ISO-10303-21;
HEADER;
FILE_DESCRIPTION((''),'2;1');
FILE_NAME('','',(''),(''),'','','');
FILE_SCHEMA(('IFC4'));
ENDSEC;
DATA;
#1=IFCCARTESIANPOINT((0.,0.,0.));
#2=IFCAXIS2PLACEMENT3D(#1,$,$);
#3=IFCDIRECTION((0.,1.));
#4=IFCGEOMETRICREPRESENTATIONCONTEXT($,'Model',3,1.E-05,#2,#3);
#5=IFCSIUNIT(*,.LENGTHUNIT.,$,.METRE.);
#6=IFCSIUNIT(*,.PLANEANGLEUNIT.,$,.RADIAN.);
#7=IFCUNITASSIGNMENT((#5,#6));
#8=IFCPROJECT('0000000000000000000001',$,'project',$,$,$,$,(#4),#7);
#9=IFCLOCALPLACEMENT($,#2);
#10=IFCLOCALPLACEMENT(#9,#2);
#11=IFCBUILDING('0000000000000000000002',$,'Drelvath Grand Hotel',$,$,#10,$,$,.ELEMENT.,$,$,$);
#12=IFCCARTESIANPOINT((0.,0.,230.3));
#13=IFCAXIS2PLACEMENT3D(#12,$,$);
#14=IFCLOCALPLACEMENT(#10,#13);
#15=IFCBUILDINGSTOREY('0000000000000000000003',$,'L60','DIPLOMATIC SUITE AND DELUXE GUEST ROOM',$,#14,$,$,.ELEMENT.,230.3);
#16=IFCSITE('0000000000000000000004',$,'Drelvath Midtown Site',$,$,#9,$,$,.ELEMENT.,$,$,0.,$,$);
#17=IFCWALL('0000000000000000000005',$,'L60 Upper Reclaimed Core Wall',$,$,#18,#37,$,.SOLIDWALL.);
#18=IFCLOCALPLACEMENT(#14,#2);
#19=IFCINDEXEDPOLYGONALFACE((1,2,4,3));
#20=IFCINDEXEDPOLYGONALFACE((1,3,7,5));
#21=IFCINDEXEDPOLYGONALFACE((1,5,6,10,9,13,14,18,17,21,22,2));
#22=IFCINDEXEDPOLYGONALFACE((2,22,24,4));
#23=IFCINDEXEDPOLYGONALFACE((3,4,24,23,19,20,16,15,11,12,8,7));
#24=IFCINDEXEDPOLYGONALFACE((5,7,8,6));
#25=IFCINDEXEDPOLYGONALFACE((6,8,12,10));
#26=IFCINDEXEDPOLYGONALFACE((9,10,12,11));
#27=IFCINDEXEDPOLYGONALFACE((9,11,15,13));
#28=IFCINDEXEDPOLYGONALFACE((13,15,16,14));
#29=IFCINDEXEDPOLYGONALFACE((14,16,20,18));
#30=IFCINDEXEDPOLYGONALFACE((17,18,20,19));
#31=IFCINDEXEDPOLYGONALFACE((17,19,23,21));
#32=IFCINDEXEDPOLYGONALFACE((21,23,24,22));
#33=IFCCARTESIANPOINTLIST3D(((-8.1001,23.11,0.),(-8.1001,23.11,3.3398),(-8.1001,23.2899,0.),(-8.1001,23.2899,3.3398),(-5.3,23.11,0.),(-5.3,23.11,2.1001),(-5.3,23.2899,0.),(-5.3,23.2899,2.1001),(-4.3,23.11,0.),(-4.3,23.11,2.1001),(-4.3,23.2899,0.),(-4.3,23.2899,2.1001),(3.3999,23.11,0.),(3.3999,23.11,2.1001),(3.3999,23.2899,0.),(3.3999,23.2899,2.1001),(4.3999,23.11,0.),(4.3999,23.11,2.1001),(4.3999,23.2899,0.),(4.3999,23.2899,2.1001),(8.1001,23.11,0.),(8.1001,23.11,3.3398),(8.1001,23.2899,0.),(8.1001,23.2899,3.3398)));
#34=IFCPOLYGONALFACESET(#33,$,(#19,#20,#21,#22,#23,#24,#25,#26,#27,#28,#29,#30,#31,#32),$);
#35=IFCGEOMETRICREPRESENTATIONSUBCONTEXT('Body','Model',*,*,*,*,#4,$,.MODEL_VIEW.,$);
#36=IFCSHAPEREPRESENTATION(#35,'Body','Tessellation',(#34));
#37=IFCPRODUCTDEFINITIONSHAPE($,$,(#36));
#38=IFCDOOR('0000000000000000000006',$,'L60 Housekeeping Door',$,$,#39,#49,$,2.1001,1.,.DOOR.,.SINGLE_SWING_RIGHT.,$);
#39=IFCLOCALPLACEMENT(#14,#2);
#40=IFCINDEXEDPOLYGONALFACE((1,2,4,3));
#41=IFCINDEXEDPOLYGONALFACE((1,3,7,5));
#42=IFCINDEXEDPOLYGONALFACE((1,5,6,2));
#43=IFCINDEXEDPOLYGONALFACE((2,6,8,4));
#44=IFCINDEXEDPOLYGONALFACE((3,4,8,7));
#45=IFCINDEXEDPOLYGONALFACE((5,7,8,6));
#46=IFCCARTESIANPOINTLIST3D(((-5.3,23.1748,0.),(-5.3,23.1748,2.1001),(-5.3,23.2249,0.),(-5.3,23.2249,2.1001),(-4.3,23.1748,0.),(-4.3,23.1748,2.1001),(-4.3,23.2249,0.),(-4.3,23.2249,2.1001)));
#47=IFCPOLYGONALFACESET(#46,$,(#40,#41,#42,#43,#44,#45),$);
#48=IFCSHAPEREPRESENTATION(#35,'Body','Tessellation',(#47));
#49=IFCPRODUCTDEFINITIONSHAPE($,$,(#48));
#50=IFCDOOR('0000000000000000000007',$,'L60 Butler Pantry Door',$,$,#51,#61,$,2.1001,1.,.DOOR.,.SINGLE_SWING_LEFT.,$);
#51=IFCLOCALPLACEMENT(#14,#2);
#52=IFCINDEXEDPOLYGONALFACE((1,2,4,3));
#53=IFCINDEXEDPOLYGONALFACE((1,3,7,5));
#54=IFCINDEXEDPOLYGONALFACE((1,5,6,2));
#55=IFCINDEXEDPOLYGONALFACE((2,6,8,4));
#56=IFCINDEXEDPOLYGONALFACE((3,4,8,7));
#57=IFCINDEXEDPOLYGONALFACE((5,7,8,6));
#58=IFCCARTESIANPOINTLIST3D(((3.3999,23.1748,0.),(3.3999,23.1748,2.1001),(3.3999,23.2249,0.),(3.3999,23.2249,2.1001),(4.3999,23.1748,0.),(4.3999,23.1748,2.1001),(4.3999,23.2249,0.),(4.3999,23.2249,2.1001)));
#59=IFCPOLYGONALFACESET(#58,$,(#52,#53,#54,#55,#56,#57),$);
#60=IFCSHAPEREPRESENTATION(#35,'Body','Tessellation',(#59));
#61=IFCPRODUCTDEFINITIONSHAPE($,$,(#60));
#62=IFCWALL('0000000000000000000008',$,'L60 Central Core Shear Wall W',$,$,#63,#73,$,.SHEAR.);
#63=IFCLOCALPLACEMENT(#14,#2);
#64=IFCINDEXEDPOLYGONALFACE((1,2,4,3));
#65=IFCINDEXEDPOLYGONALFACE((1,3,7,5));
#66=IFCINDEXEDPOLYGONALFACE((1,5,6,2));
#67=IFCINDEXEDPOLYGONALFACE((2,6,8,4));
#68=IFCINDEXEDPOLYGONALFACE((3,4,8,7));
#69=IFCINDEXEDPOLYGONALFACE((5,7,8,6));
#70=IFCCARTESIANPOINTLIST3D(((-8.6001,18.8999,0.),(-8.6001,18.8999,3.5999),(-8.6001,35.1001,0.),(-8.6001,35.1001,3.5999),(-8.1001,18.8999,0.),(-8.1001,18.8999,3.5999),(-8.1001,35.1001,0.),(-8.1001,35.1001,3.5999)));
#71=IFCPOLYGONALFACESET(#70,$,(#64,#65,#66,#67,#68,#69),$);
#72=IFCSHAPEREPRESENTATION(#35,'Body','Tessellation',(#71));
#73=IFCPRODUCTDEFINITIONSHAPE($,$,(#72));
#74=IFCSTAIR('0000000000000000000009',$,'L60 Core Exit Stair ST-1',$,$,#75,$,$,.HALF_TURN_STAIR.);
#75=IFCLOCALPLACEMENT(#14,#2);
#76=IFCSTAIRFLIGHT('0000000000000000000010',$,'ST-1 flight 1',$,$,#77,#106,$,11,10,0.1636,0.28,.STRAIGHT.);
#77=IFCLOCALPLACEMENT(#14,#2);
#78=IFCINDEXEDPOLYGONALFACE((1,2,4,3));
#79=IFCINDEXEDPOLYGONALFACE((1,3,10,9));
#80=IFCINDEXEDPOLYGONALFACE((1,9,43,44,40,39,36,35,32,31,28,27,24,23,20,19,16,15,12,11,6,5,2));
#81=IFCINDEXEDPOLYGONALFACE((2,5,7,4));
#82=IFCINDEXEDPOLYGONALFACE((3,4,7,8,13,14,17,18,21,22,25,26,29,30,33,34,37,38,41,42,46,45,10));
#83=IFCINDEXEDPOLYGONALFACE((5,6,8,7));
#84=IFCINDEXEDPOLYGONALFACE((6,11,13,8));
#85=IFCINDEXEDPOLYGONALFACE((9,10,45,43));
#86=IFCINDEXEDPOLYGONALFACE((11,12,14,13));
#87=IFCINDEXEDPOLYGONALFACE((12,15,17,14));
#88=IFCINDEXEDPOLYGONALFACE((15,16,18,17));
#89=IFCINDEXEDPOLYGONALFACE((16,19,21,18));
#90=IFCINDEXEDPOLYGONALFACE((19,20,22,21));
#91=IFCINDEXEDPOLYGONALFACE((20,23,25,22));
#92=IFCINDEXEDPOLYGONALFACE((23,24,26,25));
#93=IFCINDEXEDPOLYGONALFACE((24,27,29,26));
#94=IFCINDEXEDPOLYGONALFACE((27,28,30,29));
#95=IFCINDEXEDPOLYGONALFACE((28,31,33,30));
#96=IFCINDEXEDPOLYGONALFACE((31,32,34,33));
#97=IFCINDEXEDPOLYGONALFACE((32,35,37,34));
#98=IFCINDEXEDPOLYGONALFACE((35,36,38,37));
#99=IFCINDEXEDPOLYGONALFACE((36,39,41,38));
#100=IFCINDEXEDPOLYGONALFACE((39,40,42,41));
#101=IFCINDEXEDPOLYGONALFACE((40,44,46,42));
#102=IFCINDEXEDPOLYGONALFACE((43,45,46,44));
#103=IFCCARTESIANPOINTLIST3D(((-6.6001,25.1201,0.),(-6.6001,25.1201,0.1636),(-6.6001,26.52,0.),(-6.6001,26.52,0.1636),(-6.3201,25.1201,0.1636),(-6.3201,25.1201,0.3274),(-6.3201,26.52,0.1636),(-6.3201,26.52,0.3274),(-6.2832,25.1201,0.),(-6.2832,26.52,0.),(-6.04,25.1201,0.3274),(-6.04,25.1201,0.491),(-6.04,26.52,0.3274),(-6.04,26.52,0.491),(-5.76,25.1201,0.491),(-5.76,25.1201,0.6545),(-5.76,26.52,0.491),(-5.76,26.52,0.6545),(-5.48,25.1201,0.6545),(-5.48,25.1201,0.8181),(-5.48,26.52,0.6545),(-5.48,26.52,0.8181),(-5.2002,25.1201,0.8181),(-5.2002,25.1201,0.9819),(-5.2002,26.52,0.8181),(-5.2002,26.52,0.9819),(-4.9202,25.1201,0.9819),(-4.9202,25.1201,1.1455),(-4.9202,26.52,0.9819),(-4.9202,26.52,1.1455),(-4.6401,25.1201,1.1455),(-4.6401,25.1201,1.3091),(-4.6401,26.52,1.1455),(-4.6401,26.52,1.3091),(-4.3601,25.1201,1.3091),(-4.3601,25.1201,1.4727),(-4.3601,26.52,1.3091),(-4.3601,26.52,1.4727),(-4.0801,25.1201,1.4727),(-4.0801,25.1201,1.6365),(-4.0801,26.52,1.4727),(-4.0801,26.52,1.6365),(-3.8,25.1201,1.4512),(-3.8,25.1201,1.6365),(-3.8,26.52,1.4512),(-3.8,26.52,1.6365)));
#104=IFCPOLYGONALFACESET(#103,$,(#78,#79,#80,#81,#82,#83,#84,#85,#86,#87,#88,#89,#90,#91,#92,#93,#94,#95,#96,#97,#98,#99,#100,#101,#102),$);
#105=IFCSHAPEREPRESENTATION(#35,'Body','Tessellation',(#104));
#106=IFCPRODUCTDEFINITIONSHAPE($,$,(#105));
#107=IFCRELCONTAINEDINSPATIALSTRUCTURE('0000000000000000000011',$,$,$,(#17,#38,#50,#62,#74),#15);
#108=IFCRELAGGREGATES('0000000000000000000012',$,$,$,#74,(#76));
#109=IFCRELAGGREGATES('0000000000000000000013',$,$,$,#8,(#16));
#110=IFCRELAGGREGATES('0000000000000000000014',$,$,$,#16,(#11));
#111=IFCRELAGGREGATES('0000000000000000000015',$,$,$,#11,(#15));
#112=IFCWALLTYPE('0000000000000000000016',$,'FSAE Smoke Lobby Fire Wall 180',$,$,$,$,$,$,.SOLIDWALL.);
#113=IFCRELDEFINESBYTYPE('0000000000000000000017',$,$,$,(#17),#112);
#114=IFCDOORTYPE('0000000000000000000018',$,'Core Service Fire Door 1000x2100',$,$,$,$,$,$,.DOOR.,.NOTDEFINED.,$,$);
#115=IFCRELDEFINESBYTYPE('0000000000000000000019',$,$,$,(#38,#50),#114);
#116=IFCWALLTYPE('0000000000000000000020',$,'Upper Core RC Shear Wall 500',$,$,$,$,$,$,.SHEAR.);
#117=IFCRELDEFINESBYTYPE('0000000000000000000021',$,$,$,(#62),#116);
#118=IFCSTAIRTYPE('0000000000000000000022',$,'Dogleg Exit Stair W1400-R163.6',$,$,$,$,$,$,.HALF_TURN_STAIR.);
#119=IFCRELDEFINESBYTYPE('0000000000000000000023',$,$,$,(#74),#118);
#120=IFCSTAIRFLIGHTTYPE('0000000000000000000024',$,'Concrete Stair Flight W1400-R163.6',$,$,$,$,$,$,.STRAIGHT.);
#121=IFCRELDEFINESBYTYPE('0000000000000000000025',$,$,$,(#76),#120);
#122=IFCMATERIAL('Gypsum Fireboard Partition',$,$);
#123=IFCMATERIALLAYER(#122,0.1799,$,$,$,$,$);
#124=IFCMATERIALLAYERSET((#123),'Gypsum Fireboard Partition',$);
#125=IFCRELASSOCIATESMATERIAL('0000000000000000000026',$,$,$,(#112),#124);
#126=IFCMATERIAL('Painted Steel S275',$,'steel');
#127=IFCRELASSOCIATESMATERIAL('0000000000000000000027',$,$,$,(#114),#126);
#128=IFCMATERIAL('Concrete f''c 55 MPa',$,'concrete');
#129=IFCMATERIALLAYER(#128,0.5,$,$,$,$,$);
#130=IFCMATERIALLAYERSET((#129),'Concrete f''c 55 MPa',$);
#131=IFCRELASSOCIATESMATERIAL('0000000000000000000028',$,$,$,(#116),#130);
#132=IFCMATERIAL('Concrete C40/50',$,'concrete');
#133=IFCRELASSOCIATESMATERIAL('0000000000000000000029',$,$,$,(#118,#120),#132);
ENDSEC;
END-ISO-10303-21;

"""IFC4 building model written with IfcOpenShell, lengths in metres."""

from ifc_helpers import new_model, si_unit, direction, frame, frame_2d, origin, place, context, subcontext, project, spatial, polyline, rectangle, outline, extrude, material, layer, layer_set, type_object, element, fill, aggregate, save


model = new_model("IFC4")

# Units and contexts
model_context = context("Model", 3, precision=1e-05, world=origin(), true_north=direction((0.0, 1.0)))
body_context = subcontext(model_context, "Body", "Model", "MODEL_VIEW")
ifc_project = project(units=[si_unit("LENGTHUNIT", "METRE"), si_unit("PLANEANGLEUNIT", "RADIAN")], contexts=[model_context])

# Site, building, storey
site_placement = place(None, origin())
site = spatial("IfcSite", under=ifc_project, at=site_placement, Name="Drelvath Midtown Site", CompositionType="ELEMENT", RefElevation=0.0)
building_placement = place(site_placement, origin())
building = spatial("IfcBuilding", under=site, at=building_placement, Name="Drelvath Grand Hotel", CompositionType="ELEMENT")
storey_placement = place(building_placement, frame((0.0, 0.0, 230.3)))
storey = spatial("IfcBuildingStorey", under=building, at=storey_placement, Name="L60", Description="DIPLOMATIC SUITE AND DELUXE GUEST ROOM", CompositionType="ELEMENT", Elevation=230.3)

# Shared definitions
ifc_material_1 = material(Name="Concrete f'c 55 MPa", Category="concrete")

# Shared definitions
ifc_material_2 = material(Name="Concrete C40/50", Category="concrete")
ifc_material_3 = material(Name="Painted Steel S275", Category="steel")

# Wall, openings, doors
ifc_material_4 = material(Name="Gypsum Fireboard Partition")
ifc_layer_1 = layer(ifc_material_4, 0.1799)
ifc_layer_set_1 = layer_set([ifc_layer_1], Name="Gypsum Fireboard Partition")
wall_type_1 = type_object("IfcWallType", Name="FSAE Smoke Lobby Fire Wall 180", PredefinedType="SOLIDWALL", material=ifc_layer_set_1)
wall_1_placement = place(storey_placement, frame((-8.1001, 23.2, 0.0), z_axis=(0.0, 0.0, 1.0), x_axis=(1.0, 0.0, 0.0)))
wall_1 = element("IfcWall", 1, at=wall_1_placement, inside=storey, type_object=wall_type_1, Name="L60 Upper Reclaimed Core Wall", PredefinedType="SOLIDWALL", context=body_context, shape_type="SweptSolid", body=[
    extrude(rectangle(XDim=16.2002, YDim=0.1799, at=frame_2d((8.1001, 0.0))), origin(), (0.0, 0.0, 1.0), 3.3398),
])
opening_1_placement = place(wall_1_placement, frame((2.8, 0.0, 0.0)))
opening_1 = element("IfcOpeningElement", 2, at=opening_1_placement, cuts=wall_1, PredefinedType="OPENING", context=body_context, shape_type="SweptSolid", body=[
    extrude(rectangle(XDim=1.0, YDim=2.1001, at=frame_2d((0.5, 1.05))), frame((0.0, 0.0999, 0.0), z_axis=(0.0, -1.0, 0.0), x_axis=(1.0, 0.0, 0.0)), (0.0, 0.0, 1.0), 0.2),
])
opening_2_placement = place(wall_1_placement, frame((11.5, 0.0, 0.0)))
opening_2 = element("IfcOpeningElement", 3, at=opening_2_placement, cuts=wall_1, PredefinedType="OPENING", context=body_context, shape_type="SweptSolid", body=[
    extrude(rectangle(XDim=1.0, YDim=2.1001, at=frame_2d((0.5, 1.05))), frame((0.0, 0.0999, 0.0), z_axis=(0.0, -1.0, 0.0), x_axis=(1.0, 0.0, 0.0)), (0.0, 0.0, 1.0), 0.2),
])
door_type_1 = type_object("IfcDoorType", Name="Core Service Fire Door 1000x2100", OperationType="NOTDEFINED", PredefinedType="DOOR", material=ifc_material_3)
door_1_placement = place(opening_1_placement, origin())
door_1 = element("IfcDoor", 4, at=door_1_placement, inside=storey, type_object=door_type_1, Name="L60 Housekeeping Door", OperationType="SINGLE_SWING_RIGHT", OverallHeight=2.1001, OverallWidth=1.0, PredefinedType="DOOR", context=body_context, shape_type="SweptSolid", body=[
    extrude(rectangle(XDim=1.0, YDim=2.1001, at=frame_2d((0.5, 1.05))), frame((0.0, 0.0249, 0.0), z_axis=(0.0, -1.0, 0.0), x_axis=(1.0, 0.0, 0.0)), (0.0, 0.0, 1.0), 0.05),
])
fill(opening_1, door_1)
door_2_placement = place(opening_2_placement, origin())
door_2 = element("IfcDoor", 5, at=door_2_placement, inside=storey, type_object=door_type_1, Name="L60 Butler Pantry Door", OperationType="SINGLE_SWING_LEFT", OverallHeight=2.1001, OverallWidth=1.0, PredefinedType="DOOR", context=body_context, shape_type="SweptSolid", body=[
    extrude(rectangle(XDim=1.0, YDim=2.1001, at=frame_2d((0.5, 1.05))), frame((0.0, 0.0249, 0.0), z_axis=(0.0, -1.0, 0.0), x_axis=(1.0, 0.0, 0.0)), (0.0, 0.0, 1.0), 0.05),
])
fill(opening_2, door_2)

# Wall
ifc_layer_2 = layer(ifc_material_1, 0.5)
ifc_layer_set_2 = layer_set([ifc_layer_2], Name="Concrete f'c 55 MPa")
wall_type_2 = type_object("IfcWallType", Name="Upper Core RC Shear Wall 500", PredefinedType="SHEAR", material=ifc_layer_set_2)
wall_2_placement = place(storey_placement, frame((-8.3501, 18.8999, 0.0), z_axis=(0.0, 0.0, 1.0), x_axis=(0.0, 1.0, 0.0)))
element("IfcWall", 6, at=wall_2_placement, inside=storey, type_object=wall_type_2, Name="L60 Central Core Shear Wall W", PredefinedType="SHEAR", context=body_context, shape_type="SweptSolid", body=[
    extrude(rectangle(XDim=16.2002, YDim=0.5, at=frame_2d((8.1001, 0.0))), origin(), (0.0, 0.0, 1.0), 3.5999),
])

# Stair, stair flight
stair_type = type_object("IfcStairType", Name="Dogleg Exit Stair W1400-R163.6", PredefinedType="HALF_TURN_STAIR", material=ifc_material_2)
stair_placement = place(storey_placement, origin())
stair = element("IfcStair", 7, at=stair_placement, inside=storey, type_object=stair_type, Name="L60 Core Exit Stair ST-1", PredefinedType="HALF_TURN_STAIR")
stair_flight_type = type_object("IfcStairFlightType", Name="Concrete Stair Flight W1400-R163.6", PredefinedType="STRAIGHT", material=ifc_material_2)
stair_flight_placement = place(storey_placement, frame((-6.6001, 25.8201, 0.0), z_axis=(0.0, 0.0, 1.0), x_axis=(1.0, 0.0, 0.0)))
stair_flight = element("IfcStairFlight", 8, at=stair_flight_placement, type_object=stair_flight_type, Name="ST-1 flight 1", NumberOfRisers=11, NumberOfTreads=10, PredefinedType="STRAIGHT", RiserHeight=0.1636, TreadLength=0.28, context=body_context, shape_type="SweptSolid", body=[
    extrude(outline(polyline([(0.0, 0.0), (0.0, 0.1636), (0.28, 0.1636), (0.28, 0.3274), (0.5601, 0.3274), (0.5601, 0.491), (0.8401, 0.491), (0.8401, 0.6545), (1.1201, 0.6545), (1.1201, 0.8181), (1.3999, 0.8181), (1.3999, 0.9819), (1.6799, 0.9819), (1.6799, 1.1455), (1.96, 1.1455), (1.96, 1.3091), (2.24, 1.3091), (2.24, 1.4727), (2.52, 1.4727), (2.52, 1.6365), (2.8, 1.6365), (2.8, 1.8), (2.8, 1.4512), (0.3169, 0.0), (0.0, 0.0)])), frame((0.0, 0.7, 0.0), z_axis=(0.0, -1.0, 0.0), x_axis=(1.0, 0.0, 0.0)), (0.0, 0.0, 1.0), 1.3999),
])
aggregate(stair, [stair_flight])

save(model, "model.ifc")
